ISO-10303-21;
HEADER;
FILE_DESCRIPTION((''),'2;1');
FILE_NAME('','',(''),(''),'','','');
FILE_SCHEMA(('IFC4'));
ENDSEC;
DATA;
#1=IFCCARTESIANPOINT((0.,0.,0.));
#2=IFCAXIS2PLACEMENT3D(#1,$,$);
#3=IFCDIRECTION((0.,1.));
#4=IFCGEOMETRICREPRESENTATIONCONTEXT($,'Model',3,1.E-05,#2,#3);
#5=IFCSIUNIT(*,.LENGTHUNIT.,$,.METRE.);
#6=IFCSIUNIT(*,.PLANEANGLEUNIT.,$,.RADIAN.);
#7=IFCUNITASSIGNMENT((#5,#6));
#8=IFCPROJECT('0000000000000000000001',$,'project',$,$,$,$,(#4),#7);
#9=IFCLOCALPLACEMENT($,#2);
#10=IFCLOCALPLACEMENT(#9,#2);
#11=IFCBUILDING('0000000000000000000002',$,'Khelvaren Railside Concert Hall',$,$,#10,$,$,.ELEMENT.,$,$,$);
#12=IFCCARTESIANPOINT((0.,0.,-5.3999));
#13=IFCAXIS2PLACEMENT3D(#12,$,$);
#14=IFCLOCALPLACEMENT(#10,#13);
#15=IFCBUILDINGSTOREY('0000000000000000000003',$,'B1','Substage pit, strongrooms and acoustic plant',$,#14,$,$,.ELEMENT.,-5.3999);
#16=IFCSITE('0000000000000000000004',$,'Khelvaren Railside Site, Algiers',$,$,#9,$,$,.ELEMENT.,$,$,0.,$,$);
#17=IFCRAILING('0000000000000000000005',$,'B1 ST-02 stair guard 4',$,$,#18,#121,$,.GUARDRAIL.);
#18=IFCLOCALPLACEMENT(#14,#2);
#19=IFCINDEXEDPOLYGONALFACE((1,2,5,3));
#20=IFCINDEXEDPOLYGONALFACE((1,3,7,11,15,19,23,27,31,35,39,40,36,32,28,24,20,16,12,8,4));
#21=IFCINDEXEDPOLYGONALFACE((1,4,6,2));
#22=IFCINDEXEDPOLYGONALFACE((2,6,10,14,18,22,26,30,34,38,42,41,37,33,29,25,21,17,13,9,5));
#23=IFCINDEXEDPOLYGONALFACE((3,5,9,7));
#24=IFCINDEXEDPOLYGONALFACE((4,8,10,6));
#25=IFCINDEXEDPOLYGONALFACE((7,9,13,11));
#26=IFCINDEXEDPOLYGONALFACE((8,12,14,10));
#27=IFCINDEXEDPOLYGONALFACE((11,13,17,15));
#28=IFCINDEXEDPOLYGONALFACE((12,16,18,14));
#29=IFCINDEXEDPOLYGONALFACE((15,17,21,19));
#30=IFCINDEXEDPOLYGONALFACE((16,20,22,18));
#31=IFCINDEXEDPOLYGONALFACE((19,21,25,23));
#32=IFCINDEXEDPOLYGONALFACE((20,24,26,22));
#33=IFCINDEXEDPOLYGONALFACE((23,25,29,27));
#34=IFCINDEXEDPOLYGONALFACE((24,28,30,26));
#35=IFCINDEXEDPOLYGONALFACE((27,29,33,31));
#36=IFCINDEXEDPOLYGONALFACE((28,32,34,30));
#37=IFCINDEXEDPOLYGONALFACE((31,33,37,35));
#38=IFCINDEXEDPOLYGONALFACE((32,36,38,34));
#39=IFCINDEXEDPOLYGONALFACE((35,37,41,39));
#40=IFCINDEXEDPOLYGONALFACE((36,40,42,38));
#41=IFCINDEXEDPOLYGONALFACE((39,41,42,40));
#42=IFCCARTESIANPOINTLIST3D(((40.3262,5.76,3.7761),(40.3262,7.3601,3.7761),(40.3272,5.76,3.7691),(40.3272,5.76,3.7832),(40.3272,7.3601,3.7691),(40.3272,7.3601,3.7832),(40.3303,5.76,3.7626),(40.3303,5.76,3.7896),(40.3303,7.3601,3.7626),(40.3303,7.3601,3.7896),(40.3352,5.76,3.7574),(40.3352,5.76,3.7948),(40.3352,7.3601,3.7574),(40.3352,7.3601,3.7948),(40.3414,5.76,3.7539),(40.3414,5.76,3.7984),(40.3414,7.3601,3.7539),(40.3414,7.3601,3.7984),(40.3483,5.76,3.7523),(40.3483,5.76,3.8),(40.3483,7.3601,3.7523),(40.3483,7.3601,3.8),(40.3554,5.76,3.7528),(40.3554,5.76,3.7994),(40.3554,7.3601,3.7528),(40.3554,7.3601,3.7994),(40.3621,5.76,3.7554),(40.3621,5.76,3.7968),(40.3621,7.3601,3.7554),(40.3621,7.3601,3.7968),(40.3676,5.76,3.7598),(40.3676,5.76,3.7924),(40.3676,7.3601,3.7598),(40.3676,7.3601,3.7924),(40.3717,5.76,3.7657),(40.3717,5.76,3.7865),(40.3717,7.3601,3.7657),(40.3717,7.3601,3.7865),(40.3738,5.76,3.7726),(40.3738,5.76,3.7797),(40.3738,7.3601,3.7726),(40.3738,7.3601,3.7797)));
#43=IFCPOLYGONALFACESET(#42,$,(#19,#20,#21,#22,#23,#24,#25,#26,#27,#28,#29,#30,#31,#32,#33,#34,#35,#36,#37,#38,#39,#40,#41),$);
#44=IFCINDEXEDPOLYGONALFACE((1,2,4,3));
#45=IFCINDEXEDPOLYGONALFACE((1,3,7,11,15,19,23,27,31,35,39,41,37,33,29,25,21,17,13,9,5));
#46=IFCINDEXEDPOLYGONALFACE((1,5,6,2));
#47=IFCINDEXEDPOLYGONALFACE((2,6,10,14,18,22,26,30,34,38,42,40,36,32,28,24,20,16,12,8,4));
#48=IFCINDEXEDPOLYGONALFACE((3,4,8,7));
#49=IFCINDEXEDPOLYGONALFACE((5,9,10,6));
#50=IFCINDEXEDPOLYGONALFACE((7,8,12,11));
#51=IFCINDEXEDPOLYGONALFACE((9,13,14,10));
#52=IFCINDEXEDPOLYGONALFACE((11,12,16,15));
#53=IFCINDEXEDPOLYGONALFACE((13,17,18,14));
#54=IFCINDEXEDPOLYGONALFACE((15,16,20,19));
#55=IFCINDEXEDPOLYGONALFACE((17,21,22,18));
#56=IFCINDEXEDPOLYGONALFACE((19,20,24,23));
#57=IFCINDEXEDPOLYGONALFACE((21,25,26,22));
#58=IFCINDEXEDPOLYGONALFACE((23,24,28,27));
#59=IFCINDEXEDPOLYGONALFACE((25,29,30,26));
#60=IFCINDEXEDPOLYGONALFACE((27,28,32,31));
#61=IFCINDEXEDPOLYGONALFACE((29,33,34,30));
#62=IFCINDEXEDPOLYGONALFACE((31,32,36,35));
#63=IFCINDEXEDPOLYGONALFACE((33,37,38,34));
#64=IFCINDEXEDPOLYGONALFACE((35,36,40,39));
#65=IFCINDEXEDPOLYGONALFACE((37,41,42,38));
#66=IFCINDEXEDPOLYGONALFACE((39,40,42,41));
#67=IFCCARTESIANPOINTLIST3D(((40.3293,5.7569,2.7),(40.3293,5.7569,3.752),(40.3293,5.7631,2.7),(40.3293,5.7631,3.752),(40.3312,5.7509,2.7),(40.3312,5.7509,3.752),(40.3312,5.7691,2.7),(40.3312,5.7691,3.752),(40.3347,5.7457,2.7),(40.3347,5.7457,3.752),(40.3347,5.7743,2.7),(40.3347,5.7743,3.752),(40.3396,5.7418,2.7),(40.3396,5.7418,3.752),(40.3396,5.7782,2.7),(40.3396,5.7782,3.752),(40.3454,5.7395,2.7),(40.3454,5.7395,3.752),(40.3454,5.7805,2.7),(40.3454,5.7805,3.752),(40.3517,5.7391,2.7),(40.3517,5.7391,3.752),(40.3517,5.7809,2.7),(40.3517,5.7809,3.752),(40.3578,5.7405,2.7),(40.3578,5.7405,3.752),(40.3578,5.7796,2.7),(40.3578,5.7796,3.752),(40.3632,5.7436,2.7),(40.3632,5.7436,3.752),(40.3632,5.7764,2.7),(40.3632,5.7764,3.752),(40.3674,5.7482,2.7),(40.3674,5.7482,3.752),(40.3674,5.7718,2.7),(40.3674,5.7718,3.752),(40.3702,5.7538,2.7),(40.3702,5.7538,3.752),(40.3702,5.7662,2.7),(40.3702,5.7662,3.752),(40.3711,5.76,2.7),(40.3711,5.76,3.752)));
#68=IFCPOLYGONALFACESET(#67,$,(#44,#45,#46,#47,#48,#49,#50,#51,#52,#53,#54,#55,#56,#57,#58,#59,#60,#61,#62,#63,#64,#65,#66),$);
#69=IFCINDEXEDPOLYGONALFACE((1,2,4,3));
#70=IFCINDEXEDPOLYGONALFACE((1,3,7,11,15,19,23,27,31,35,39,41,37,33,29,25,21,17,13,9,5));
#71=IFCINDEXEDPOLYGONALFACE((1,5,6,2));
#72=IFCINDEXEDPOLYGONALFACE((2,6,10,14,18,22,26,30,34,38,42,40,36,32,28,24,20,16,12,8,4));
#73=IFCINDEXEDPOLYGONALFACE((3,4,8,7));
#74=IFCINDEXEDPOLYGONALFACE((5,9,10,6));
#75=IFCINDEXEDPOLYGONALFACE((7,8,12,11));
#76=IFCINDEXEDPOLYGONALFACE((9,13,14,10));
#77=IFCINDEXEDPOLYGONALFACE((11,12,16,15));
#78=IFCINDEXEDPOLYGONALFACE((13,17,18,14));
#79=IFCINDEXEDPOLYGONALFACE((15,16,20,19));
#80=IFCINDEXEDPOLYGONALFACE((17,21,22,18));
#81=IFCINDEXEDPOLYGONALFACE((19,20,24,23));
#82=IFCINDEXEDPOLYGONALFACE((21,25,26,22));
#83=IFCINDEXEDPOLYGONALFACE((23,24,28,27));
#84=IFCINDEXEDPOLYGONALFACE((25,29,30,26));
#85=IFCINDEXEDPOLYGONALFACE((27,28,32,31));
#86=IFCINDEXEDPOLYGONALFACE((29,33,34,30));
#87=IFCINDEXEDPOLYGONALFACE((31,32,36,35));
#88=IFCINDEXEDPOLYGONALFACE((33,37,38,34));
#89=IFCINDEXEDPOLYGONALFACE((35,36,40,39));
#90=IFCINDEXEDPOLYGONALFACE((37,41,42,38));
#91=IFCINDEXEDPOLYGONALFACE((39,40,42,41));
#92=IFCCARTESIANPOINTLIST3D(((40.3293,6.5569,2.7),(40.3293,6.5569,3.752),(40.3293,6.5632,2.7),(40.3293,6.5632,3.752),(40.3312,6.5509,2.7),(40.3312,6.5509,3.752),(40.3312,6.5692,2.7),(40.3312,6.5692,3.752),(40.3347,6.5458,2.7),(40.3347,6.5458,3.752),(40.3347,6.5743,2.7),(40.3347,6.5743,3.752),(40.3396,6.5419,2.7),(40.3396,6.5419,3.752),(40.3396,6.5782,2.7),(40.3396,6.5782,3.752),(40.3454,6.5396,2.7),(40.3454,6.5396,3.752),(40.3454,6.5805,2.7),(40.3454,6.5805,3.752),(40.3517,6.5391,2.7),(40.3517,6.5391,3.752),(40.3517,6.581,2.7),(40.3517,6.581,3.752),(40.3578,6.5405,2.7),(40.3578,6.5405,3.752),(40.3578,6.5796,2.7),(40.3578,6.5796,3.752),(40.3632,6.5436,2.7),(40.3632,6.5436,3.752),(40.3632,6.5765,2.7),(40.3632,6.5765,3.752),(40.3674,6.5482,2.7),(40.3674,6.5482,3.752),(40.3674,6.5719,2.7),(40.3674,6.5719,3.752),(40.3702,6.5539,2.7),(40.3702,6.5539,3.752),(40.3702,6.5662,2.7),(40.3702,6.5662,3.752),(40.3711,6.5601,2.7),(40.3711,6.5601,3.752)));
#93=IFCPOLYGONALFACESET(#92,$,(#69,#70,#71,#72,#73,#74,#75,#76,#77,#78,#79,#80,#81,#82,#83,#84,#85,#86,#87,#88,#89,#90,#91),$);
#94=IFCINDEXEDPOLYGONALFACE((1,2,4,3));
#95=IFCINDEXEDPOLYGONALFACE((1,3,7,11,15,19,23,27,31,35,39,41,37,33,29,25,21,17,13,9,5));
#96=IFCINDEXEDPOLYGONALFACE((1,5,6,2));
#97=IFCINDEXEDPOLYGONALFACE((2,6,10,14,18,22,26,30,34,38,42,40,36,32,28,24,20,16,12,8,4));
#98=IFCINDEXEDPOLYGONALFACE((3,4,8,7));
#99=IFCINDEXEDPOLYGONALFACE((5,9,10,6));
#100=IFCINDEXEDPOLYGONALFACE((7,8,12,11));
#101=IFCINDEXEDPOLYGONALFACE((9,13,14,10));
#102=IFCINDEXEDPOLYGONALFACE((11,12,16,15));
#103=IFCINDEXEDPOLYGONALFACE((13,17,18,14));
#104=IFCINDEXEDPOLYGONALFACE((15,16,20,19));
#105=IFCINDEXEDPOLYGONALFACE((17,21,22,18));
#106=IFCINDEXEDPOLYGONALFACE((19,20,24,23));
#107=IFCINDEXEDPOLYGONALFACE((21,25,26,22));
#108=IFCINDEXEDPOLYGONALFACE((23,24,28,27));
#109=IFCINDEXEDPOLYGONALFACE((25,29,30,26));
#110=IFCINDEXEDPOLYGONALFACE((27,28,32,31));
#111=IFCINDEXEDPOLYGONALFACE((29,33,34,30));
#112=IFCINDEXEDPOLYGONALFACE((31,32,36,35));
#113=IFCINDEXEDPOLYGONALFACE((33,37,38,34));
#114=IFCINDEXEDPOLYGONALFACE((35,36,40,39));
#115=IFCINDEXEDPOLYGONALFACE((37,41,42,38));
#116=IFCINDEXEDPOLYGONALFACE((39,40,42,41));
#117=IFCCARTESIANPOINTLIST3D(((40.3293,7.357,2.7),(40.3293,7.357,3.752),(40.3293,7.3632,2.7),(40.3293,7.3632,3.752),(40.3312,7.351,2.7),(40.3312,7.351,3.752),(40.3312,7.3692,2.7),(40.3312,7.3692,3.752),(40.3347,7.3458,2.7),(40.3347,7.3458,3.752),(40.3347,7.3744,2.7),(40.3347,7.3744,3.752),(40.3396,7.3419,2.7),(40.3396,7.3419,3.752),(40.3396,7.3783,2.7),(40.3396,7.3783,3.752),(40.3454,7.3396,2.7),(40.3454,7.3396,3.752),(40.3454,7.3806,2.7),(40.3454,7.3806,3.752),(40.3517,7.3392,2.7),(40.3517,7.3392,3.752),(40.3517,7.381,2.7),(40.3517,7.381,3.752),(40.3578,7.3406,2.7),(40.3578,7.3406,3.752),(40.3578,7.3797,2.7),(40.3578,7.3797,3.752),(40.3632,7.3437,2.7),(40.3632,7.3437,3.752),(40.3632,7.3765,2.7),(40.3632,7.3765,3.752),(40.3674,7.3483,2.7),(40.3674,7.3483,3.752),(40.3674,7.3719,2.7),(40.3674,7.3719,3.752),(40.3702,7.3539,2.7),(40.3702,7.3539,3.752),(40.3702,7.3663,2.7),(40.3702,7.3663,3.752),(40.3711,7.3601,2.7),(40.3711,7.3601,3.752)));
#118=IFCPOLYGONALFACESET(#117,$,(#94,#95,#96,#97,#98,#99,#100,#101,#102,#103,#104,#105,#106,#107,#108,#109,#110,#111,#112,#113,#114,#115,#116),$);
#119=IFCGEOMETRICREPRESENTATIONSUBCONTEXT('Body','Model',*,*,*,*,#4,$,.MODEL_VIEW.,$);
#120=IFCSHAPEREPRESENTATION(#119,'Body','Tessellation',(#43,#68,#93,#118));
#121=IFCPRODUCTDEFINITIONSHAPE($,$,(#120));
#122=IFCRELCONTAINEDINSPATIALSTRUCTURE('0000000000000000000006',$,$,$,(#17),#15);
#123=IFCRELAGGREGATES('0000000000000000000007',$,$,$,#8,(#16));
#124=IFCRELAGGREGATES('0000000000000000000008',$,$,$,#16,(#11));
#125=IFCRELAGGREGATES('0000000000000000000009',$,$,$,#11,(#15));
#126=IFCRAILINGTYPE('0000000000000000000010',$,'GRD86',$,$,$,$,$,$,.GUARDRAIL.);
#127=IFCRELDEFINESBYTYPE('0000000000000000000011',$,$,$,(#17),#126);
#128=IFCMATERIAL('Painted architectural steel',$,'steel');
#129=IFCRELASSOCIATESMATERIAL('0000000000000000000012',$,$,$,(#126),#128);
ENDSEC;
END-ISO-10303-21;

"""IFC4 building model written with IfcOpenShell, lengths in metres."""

from ifc_helpers import new_model, si_unit, direction, frame, origin, origin_2d, place, context, subcontext, project, spatial, circle, extrude, material, type_object, element, save


model = new_model("IFC4")

# Units and contexts
model_context = context("Model", 3, precision=1e-05, world=origin(), true_north=direction((0.0, 1.0)))
body_context = subcontext(model_context, "Body", "Model", "MODEL_VIEW")
ifc_project = project(units=[si_unit("LENGTHUNIT", "METRE"), si_unit("PLANEANGLEUNIT", "RADIAN")], contexts=[model_context])

# Site, building, storey
site_placement = place(None, origin())
site = spatial("IfcSite", under=ifc_project, at=site_placement, Name="Khelvaren Railside Site, Algiers", CompositionType="ELEMENT", RefElevation=0.0)
building_placement = place(site_placement, origin())
building = spatial("IfcBuilding", under=site, at=building_placement, Name="Khelvaren Railside Concert Hall", CompositionType="ELEMENT")
storey_placement = place(building_placement, frame((0.0, 0.0, -5.3999)))
storey = spatial("IfcBuildingStorey", under=building, at=storey_placement, Name="B1", Description="Substage pit, strongrooms and acoustic plant", CompositionType="ELEMENT", Elevation=-5.3999)

# Railing
ifc_material_1 = material(Name="Painted architectural steel", Category="steel")
railing_type_1 = type_object("IfcRailingType", Name="GRD86", PredefinedType="GUARDRAIL", material=ifc_material_1)
for number, where, name in (
    (1, (40.3501, 5.76, 2.7), "B1 ST-02 stair guard 4"),
):
    element("IfcRailing", number, at=place(storey_placement, frame(where)), inside=storey, type_object=railing_type_1, Name=name, PredefinedType="GUARDRAIL", context=body_context, shape_type="SweptSolid", body=[
        extrude(circle(Radius=0.0239, at=origin_2d()), frame((0.0, 0.0, 1.0762), z_axis=(0.0, 1.0, 0.0), x_axis=(-1.0, 0.0, 0.0)), (0.0, 0.0, 1.0), 1.6001),
        extrude(circle(Radius=0.021, at=origin_2d()), origin(), (0.0, 0.0, 1.0), 1.052),
        extrude(circle(Radius=0.021, at=origin_2d()), frame((0.0, 0.8, 0.0)), (0.0, 0.0, 1.0), 1.052),
        extrude(circle(Radius=0.021, at=origin_2d()), frame((0.0, 1.6001, 0.0)), (0.0, 0.0, 1.0), 1.052),
    ])

save(model, "model.ifc")
